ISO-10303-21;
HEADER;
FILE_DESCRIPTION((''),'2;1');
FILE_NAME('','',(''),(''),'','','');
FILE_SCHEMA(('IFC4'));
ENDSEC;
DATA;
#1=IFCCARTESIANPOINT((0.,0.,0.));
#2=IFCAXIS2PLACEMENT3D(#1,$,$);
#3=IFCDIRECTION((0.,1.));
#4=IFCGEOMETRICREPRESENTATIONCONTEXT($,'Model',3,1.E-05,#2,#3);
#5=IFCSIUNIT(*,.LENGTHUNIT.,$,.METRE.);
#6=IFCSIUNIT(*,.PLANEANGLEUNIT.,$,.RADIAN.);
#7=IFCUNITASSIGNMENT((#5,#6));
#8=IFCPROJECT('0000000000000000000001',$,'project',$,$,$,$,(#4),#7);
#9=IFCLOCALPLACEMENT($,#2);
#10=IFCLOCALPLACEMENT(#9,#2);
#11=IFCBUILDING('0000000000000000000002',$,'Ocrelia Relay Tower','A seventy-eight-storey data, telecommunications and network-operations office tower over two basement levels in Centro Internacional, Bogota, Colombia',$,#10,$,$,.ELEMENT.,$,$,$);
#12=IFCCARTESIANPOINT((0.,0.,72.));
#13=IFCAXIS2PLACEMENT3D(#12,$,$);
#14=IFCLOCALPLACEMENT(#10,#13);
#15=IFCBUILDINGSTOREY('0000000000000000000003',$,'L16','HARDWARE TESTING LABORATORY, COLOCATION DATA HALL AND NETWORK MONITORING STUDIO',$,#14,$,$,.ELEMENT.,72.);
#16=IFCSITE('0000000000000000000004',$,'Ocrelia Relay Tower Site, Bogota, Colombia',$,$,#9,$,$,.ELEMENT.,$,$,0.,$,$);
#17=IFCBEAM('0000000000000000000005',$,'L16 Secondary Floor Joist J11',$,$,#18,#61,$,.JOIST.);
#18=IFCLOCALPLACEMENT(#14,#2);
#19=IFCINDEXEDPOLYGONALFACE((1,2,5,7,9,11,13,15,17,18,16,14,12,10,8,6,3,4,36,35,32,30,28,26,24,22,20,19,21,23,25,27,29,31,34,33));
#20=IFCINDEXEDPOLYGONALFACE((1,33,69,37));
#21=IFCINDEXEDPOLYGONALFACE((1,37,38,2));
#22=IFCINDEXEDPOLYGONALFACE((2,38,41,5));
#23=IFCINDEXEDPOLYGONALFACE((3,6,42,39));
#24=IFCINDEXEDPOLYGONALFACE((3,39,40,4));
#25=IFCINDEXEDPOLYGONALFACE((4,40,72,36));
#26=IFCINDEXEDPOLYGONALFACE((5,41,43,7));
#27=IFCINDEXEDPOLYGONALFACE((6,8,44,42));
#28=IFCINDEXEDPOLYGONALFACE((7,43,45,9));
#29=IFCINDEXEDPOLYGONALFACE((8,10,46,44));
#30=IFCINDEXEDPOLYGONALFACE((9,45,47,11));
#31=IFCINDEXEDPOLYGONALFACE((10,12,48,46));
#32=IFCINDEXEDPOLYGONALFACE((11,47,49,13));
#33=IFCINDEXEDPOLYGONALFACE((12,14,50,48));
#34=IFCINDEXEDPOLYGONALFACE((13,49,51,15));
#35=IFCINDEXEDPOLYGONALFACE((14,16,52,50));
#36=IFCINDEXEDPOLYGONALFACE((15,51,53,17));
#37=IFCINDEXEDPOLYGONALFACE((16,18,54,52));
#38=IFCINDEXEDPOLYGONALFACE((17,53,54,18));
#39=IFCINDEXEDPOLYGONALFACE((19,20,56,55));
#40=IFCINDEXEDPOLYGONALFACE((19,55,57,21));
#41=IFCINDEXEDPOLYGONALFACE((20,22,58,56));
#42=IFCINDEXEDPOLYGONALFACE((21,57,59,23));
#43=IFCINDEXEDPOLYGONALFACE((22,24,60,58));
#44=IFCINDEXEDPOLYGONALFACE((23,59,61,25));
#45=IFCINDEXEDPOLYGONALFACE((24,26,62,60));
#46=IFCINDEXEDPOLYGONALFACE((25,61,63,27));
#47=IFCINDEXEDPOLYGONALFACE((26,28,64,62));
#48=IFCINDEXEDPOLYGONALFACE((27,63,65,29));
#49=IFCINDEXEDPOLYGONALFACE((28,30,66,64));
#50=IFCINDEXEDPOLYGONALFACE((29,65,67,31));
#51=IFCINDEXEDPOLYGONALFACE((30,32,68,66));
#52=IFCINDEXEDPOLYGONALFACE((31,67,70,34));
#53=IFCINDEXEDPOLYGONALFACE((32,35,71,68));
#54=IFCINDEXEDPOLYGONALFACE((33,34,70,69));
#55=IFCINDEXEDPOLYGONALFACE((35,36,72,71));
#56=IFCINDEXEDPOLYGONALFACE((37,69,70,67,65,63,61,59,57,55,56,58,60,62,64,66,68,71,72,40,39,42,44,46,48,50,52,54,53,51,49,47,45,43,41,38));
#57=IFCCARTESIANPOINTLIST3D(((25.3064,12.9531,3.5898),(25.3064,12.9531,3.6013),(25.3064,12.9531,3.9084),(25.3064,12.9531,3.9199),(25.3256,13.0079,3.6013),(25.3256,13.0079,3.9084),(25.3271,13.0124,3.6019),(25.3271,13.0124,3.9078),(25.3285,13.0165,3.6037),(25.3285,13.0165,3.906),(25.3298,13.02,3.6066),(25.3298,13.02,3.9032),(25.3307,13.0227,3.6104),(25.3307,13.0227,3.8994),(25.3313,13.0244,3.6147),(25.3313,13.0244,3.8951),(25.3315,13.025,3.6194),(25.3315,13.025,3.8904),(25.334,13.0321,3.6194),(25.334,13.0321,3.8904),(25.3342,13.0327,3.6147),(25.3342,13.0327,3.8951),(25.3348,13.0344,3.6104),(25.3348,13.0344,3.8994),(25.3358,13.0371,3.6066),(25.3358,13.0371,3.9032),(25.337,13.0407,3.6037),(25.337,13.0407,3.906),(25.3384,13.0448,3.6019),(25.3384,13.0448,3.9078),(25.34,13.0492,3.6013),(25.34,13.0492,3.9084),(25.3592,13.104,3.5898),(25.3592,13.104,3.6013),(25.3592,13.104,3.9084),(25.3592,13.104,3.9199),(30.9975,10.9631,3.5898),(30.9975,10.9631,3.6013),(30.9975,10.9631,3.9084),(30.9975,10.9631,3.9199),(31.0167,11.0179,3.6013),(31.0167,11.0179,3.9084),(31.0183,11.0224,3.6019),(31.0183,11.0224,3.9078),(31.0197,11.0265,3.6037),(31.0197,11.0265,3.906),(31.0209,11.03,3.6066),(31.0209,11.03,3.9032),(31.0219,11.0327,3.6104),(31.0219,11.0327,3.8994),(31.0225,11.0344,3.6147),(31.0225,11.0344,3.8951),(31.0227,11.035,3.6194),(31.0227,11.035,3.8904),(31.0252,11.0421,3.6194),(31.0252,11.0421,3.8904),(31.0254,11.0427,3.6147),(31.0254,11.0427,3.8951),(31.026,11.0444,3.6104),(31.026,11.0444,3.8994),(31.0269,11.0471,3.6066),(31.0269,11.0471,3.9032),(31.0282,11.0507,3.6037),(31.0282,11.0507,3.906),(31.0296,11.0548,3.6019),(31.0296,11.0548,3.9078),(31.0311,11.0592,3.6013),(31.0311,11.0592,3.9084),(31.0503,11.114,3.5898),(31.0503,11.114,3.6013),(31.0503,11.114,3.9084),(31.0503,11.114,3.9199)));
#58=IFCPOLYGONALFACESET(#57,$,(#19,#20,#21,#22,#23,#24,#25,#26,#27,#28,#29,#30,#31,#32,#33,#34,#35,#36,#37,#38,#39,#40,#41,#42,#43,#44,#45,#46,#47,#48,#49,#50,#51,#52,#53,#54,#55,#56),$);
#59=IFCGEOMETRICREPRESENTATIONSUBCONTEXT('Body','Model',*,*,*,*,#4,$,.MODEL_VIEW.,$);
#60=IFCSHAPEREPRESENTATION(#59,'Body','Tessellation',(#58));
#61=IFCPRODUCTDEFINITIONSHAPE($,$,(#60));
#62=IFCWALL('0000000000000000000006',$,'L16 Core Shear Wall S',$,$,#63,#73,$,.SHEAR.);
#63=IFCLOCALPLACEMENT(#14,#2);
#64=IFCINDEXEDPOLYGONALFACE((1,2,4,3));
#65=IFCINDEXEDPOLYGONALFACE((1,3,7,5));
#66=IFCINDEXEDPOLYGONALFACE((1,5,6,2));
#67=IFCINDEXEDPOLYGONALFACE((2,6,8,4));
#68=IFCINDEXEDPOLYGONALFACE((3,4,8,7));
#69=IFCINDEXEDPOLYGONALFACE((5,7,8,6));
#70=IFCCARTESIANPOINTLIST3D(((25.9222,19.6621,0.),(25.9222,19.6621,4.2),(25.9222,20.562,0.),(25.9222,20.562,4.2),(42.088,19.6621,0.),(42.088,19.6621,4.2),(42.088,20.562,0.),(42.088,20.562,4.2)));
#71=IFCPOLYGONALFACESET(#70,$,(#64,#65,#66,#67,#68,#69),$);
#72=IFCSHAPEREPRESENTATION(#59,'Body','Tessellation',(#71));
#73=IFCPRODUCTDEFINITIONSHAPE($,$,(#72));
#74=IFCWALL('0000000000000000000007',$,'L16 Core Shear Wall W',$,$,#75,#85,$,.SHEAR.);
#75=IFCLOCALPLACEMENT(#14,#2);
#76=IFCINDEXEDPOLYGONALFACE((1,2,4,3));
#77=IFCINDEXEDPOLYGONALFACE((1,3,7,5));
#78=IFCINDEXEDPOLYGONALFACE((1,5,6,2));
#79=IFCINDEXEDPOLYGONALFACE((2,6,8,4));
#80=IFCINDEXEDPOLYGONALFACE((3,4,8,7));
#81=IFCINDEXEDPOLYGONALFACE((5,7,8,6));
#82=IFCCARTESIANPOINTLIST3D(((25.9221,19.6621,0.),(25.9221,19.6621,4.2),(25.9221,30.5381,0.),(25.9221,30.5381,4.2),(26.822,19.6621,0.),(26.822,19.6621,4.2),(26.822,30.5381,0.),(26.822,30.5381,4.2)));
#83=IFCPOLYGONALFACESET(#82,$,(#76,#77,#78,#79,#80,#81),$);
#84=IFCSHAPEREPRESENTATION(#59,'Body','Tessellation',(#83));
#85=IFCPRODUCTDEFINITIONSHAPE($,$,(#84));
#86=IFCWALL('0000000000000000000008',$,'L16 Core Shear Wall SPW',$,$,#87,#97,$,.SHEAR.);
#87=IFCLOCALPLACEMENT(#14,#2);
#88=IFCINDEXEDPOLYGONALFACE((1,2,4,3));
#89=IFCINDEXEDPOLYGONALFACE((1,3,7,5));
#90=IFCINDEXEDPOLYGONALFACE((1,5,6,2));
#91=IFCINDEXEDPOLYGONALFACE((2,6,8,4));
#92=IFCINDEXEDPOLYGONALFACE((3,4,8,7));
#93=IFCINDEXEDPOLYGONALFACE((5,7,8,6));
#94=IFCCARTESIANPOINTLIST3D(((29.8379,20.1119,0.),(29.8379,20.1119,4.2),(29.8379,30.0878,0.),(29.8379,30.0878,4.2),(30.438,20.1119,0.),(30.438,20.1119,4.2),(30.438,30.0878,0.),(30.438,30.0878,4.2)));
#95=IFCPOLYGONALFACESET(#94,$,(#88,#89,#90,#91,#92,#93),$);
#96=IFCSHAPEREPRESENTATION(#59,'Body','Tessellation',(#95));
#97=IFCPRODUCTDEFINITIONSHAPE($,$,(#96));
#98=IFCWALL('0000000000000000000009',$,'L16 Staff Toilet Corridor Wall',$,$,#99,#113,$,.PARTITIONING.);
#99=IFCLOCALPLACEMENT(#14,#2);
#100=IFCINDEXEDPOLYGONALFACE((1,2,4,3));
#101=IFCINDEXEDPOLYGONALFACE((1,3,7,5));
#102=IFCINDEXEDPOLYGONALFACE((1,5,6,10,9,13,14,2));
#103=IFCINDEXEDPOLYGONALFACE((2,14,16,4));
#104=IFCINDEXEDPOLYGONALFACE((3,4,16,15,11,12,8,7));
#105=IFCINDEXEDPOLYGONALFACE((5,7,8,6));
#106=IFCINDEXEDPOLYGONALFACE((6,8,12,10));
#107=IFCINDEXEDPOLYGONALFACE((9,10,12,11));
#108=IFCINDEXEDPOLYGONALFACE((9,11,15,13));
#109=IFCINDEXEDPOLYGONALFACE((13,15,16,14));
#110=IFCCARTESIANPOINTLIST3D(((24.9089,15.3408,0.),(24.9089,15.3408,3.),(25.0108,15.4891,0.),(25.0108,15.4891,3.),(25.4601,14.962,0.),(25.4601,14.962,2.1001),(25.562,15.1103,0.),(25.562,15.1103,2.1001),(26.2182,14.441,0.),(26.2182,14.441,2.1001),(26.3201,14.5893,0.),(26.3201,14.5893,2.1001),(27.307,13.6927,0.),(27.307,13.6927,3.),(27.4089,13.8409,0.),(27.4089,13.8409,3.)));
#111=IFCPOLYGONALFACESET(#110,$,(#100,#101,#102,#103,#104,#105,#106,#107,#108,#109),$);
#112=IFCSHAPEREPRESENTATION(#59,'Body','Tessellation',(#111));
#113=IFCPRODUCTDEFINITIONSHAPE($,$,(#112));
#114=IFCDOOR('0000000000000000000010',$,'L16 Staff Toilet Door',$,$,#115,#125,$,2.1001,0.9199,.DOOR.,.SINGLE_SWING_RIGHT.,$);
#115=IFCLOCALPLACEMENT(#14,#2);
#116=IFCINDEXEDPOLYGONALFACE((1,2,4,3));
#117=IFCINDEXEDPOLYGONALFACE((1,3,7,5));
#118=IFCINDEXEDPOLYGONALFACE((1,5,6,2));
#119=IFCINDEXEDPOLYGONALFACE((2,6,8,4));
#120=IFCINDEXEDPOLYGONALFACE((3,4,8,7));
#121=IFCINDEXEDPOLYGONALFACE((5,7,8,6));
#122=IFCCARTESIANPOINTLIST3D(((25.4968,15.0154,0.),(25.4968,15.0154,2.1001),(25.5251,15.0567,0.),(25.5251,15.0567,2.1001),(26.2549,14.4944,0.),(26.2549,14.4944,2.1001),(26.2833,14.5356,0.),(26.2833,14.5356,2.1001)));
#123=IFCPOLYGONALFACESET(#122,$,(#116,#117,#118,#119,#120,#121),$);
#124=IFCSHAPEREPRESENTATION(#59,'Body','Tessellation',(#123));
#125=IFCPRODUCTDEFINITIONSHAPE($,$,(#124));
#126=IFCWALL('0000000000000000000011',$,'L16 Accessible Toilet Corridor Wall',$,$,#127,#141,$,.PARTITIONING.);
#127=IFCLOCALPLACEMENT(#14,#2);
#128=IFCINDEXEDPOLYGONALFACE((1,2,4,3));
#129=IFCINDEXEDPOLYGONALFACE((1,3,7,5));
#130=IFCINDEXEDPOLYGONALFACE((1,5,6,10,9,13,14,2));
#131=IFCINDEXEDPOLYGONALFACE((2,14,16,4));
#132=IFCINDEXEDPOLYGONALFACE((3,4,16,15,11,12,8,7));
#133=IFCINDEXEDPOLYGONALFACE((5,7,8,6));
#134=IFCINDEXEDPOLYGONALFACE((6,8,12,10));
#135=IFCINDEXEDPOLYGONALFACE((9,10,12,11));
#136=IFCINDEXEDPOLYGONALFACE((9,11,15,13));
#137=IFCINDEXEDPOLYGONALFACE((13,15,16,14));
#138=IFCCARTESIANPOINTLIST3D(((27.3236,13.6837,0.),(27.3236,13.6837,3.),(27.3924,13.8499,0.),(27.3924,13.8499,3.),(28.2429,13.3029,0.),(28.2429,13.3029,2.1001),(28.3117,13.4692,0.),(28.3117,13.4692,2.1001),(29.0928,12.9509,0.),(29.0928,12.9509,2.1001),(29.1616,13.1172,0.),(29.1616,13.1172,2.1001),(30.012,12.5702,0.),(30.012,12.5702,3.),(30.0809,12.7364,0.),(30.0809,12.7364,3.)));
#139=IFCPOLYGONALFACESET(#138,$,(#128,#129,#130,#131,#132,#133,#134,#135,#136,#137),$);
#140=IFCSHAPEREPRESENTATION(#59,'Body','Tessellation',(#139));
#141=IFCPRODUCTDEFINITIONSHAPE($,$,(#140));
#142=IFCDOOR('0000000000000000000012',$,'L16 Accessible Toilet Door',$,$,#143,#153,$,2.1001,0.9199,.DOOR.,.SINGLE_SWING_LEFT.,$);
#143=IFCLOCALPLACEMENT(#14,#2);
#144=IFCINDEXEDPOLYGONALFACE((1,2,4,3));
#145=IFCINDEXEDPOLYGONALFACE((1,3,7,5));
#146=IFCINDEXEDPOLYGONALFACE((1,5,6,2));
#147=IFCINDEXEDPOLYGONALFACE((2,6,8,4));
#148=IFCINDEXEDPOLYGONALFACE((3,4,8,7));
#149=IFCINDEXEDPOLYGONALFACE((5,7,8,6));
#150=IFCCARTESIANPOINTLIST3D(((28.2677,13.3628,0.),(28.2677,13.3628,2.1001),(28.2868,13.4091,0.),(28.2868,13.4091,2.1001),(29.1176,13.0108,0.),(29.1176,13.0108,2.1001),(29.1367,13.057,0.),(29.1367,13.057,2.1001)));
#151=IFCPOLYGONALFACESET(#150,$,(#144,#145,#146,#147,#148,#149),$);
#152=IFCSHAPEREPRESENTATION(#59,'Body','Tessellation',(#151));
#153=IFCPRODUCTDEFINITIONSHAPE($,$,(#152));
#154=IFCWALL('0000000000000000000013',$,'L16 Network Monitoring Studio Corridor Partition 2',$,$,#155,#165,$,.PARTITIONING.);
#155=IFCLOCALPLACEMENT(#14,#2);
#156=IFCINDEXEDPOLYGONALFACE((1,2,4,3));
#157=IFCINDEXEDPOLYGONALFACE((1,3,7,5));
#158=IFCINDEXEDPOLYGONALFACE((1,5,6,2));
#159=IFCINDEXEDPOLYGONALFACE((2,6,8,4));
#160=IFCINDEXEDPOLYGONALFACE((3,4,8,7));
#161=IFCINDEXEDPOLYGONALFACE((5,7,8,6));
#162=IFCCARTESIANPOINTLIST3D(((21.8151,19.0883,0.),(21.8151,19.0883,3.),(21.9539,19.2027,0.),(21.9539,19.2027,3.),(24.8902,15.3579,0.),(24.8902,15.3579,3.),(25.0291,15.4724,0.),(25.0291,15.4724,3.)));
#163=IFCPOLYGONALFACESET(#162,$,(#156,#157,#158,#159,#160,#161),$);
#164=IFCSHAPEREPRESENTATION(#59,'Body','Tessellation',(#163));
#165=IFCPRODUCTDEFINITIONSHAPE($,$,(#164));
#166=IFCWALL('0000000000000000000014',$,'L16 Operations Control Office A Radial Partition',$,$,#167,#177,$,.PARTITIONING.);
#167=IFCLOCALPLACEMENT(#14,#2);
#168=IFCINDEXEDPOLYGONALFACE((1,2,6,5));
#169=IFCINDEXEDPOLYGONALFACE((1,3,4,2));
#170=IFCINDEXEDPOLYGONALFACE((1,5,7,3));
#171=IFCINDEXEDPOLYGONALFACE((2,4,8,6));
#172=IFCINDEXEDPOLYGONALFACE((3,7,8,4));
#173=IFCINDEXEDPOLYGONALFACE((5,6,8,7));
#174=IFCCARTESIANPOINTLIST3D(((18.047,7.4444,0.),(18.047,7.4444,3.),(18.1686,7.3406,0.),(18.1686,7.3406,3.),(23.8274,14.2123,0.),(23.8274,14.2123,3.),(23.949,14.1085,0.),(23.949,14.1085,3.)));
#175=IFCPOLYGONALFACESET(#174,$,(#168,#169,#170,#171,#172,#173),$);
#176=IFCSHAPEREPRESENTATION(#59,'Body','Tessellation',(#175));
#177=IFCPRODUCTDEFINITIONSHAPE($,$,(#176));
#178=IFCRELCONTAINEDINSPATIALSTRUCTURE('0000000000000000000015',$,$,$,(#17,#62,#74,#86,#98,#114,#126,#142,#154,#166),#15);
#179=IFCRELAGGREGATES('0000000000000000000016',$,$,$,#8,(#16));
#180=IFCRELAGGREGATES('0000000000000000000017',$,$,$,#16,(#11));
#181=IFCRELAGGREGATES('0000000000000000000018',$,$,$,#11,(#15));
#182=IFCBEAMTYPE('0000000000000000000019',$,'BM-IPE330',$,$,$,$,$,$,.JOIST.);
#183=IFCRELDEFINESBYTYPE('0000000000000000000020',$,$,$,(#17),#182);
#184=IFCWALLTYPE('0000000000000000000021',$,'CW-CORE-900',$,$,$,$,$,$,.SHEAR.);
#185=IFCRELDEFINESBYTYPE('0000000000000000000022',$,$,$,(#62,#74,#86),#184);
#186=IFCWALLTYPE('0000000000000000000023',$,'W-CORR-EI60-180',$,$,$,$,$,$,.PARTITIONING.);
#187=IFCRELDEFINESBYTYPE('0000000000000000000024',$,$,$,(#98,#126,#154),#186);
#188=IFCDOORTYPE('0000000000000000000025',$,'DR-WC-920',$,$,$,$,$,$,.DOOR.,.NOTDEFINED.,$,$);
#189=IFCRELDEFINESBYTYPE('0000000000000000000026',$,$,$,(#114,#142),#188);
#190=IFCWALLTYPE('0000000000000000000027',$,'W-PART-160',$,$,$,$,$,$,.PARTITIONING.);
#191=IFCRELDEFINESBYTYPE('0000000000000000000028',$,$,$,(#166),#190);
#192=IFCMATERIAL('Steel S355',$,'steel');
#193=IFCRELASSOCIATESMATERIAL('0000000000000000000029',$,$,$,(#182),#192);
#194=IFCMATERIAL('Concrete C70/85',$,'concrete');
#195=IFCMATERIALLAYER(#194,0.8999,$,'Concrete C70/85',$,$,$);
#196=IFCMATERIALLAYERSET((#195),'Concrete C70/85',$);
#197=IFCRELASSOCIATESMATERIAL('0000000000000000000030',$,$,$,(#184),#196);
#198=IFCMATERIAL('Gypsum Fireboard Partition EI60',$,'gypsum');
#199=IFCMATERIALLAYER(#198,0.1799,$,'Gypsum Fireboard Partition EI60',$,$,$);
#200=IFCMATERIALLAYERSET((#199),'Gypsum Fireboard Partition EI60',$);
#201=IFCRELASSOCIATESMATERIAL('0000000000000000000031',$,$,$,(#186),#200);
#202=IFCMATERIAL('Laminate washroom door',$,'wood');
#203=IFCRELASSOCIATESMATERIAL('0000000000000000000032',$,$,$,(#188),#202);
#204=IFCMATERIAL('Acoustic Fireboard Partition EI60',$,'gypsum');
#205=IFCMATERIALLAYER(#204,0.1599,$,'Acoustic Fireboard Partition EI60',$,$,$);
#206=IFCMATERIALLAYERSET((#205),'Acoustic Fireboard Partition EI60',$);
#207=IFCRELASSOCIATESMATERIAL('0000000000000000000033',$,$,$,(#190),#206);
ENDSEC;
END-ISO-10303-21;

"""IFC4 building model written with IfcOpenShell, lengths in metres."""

from ifc_helpers import new_model, si_unit, direction, frame, frame_2d, origin, origin_2d, place, context, subcontext, project, spatial, rectangle, i_section, extrude, material, layer, layer_set, material_profile, profile_set, type_object, element, fill, save


model = new_model("IFC4")

# Units and contexts
model_context = context("Model", 3, precision=1e-05, world=origin(), true_north=direction((0.0, 1.0)))
body_context = subcontext(model_context, "Body", "Model", "MODEL_VIEW")
ifc_project = project(units=[si_unit("LENGTHUNIT", "METRE"), si_unit("PLANEANGLEUNIT", "RADIAN")], contexts=[model_context])

# Site, building, storey
site_placement = place(None, origin())
site = spatial("IfcSite", under=ifc_project, at=site_placement, Name="Ocrelia Relay Tower Site, Bogota, Colombia", CompositionType="ELEMENT", RefElevation=0.0)
building_placement = place(site_placement, origin())
building = spatial("IfcBuilding", under=site, at=building_placement, Name="Ocrelia Relay Tower", Description="A seventy-eight-storey data, telecommunications and network-operations office tower over two basement levels in Centro Internacional, Bogota, Colombia", CompositionType="ELEMENT")
storey_placement = place(building_placement, frame((0.0, 0.0, 72.0)))
storey = spatial("IfcBuildingStorey", under=building, at=storey_placement, Name="L16", Description="HARDWARE TESTING LABORATORY, COLOCATION DATA HALL AND NETWORK MONITORING STUDIO", CompositionType="ELEMENT", Elevation=72.0)

# Shared definitions
ifc_material_1 = material(Name="Concrete C70/85", Category="concrete")

# Beam
ifc_material_2 = material(Name="Steel S355", Category="steel")
ifc_material_profile_1 = material_profile(ifc_material_2, i_section(OverallWidth=0.1599, OverallDepth=0.3301, WebThickness=0.0076, FlangeThickness=0.0115, FilletRadius=0.0181, at=origin_2d()), Name="IPE 330")
ifc_profile_set_1 = profile_set([ifc_material_profile_1], Name="Steel S355")
beam_type_1 = type_object("IfcBeamType", Name="BM-IPE330", PredefinedType="JOIST", material=ifc_profile_set_1)
beam_1_placement = place(storey_placement, frame((25.3328, 13.0286, 3.7549), z_axis=(0.943957, -0.330067, 0.0), x_axis=(0.330067, 0.943957, 0.0)))
element("IfcBeam", 1, at=beam_1_placement, inside=storey, type_object=beam_type_1, Name="L16 Secondary Floor Joist J11", PredefinedType="JOIST", context=body_context, shape_type="SweptSolid", body=[
    extrude(i_section(OverallWidth=0.1599, OverallDepth=0.3301, WebThickness=0.0076, FlangeThickness=0.0115, FilletRadius=0.0181, at=origin_2d()), origin(), (0.0, 0.0, 1.0), 6.0291),
])

# Walls
ifc_layer_1 = layer(ifc_material_1, 0.8999, Name="Concrete C70/85")
ifc_layer_set_1 = layer_set([ifc_layer_1], Name="Concrete C70/85")
wall_type_1 = type_object("IfcWallType", Name="CW-CORE-900", PredefinedType="SHEAR", material=ifc_layer_set_1)
wall_1_placement = place(storey_placement, frame((25.9221, 20.1121, 0.0), z_axis=(0.0, 0.0, 1.0), x_axis=(1.0, 0.0, 0.0)))
element("IfcWall", 2, at=wall_1_placement, inside=storey, type_object=wall_type_1, Name="L16 Core Shear Wall S", PredefinedType="SHEAR", context=body_context, shape_type="SweptSolid", body=[
    extrude(rectangle(XDim=16.1658, YDim=0.8999, at=frame_2d((8.083, 0.0))), origin(), (0.0, 0.0, 1.0), 4.2),
])
wall_2_placement = place(storey_placement, frame((26.3721, 19.6621, 0.0), z_axis=(0.0, 0.0, 1.0), x_axis=(0.0, 1.0, 0.0)))
element("IfcWall", 3, at=wall_2_placement, inside=storey, type_object=wall_type_1, Name="L16 Core Shear Wall W", PredefinedType="SHEAR", context=body_context, shape_type="SweptSolid", body=[
    extrude(rectangle(XDim=10.876, YDim=0.8999, at=frame_2d((5.438, 0.0))), origin(), (0.0, 0.0, 1.0), 4.2),
])
wall_3_placement = place(storey_placement, frame((30.1379, 20.1121, 0.0), z_axis=(0.0, 0.0, 1.0), x_axis=(0.0, 1.0, 0.0)))
element("IfcWall", 4, at=wall_3_placement, inside=storey, type_object=wall_type_1, Name="L16 Core Shear Wall SPW", PredefinedType="SHEAR", context=body_context, shape_type="SweptSolid", body=[
    extrude(rectangle(XDim=9.9758, YDim=0.6001, at=frame_2d((4.9878, 0.0))), origin(), (0.0, 0.0, 1.0), 4.2),
])

# Walls, openings, doors
ifc_material_3 = material(Name="Gypsum Fireboard Partition EI60", Category="gypsum")
ifc_layer_2 = layer(ifc_material_3, 0.1799, Name="Gypsum Fireboard Partition EI60")
ifc_layer_set_2 = layer_set([ifc_layer_2], Name="Gypsum Fireboard Partition EI60")
wall_type_2 = type_object("IfcWallType", Name="W-CORR-EI60-180", PredefinedType="PARTITIONING", material=ifc_layer_set_2)
wall_4_placement = place(storey_placement, frame((24.9597, 15.415, 0.0), z_axis=(0.0, 0.0, 1.0), x_axis=(0.824132, -0.566397, 0.0)))
wall_4 = element("IfcWall", 5, at=wall_4_placement, inside=storey, type_object=wall_type_2, Name="L16 Staff Toilet Corridor Wall", PredefinedType="PARTITIONING", context=body_context, shape_type="SweptSolid", body=[
    extrude(rectangle(XDim=2.9099, YDim=0.1799, at=frame_2d((1.4551, 0.0))), origin(), (0.0, 0.0, 1.0), 3.0),
])
opening_1_placement = place(wall_4_placement, frame((0.6689, 0.0, 0.0)))
opening_1 = element("IfcOpeningElement", 6, at=opening_1_placement, cuts=wall_4, PredefinedType="OPENING", context=body_context, shape_type="SweptSolid", body=[
    extrude(rectangle(XDim=0.9199, YDim=2.1001, at=frame_2d((0.46, 1.05))), frame((0.0, 0.1001, 0.0), z_axis=(0.0, -1.0, 0.0), x_axis=(1.0, 0.0, 0.0)), (0.0, 0.0, 1.0), 0.2),
])
ifc_material_4 = material(Name="Laminate washroom door", Category="wood")
door_type_1 = type_object("IfcDoorType", Name="DR-WC-920", OperationType="NOTDEFINED", PredefinedType="DOOR", material=ifc_material_4)
door_1_placement = place(opening_1_placement, origin())
door_1 = element("IfcDoor", 7, at=door_1_placement, inside=storey, type_object=door_type_1, Name="L16 Staff Toilet Door", OperationType="SINGLE_SWING_RIGHT", OverallHeight=2.1001, OverallWidth=0.9199, PredefinedType="DOOR", context=body_context, shape_type="SweptSolid", body=[
    extrude(rectangle(XDim=0.9199, YDim=2.1001, at=frame_2d((0.46, 1.05))), frame((0.0, 0.0249, 0.0), z_axis=(0.0, -1.0, 0.0), x_axis=(1.0, 0.0, 0.0)), (0.0, 0.0, 1.0), 0.05),
])
fill(opening_1, door_1)
wall_5_placement = place(storey_placement, frame((27.3579, 13.7668, 0.0), z_axis=(0.0, 0.0, 1.0), x_axis=(0.923889, -0.382661, 0.0)))
wall_5 = element("IfcWall", 8, at=wall_5_placement, inside=storey, type_object=wall_type_2, Name="L16 Accessible Toilet Corridor Wall", PredefinedType="PARTITIONING", context=body_context, shape_type="SweptSolid", body=[
    extrude(rectangle(XDim=2.9099, YDim=0.1799, at=frame_2d((1.4551, 0.0))), origin(), (0.0, 0.0, 1.0), 3.0),
])
opening_2_placement = place(wall_5_placement, frame((0.9951, 0.0, 0.0)))
opening_2 = element("IfcOpeningElement", 9, at=opening_2_placement, cuts=wall_5, PredefinedType="OPENING", context=body_context, shape_type="SweptSolid", body=[
    extrude(rectangle(XDim=0.9199, YDim=2.1001, at=frame_2d((0.46, 1.05))), frame((0.0, 0.1001, 0.0), z_axis=(0.0, -1.0, 0.0), x_axis=(1.0, 0.0, 0.0)), (0.0, 0.0, 1.0), 0.2),
])
door_2_placement = place(opening_2_placement, origin())
door_2 = element("IfcDoor", 10, at=door_2_placement, inside=storey, type_object=door_type_1, Name="L16 Accessible Toilet Door", OperationType="SINGLE_SWING_LEFT", OverallHeight=2.1001, OverallWidth=0.9199, PredefinedType="DOOR", context=body_context, shape_type="SweptSolid", body=[
    extrude(rectangle(XDim=0.9199, YDim=2.1001, at=frame_2d((0.46, 1.05))), frame((0.0, 0.0249, 0.0), z_axis=(0.0, -1.0, 0.0), x_axis=(1.0, 0.0, 0.0)), (0.0, 0.0, 1.0), 0.05),
])
fill(opening_2, door_2)

# Walls
wall_6_placement = place(storey_placement, frame((21.8845, 19.1455, 0.0), z_axis=(0.0, 0.0, 1.0), x_axis=(0.636082, -0.771621, 0.0)))
element("IfcWall", 11, at=wall_6_placement, inside=storey, type_object=wall_type_2, Name="L16 Network Monitoring Studio Corridor Partition 2", PredefinedType="PARTITIONING", context=body_context, shape_type="SweptSolid", body=[
    extrude(rectangle(XDim=4.8345, YDim=0.1799, at=frame_2d((2.4172, 0.0))), origin(), (0.0, 0.0, 1.0), 3.0),
])
ifc_material_5 = material(Name="Acoustic Fireboard Partition EI60", Category="gypsum")
ifc_layer_3 = layer(ifc_material_5, 0.1599, Name="Acoustic Fireboard Partition EI60")
ifc_layer_set_3 = layer_set([ifc_layer_3], Name="Acoustic Fireboard Partition EI60")
wall_type_3 = type_object("IfcWallType", Name="W-PART-160", PredefinedType="PARTITIONING", material=ifc_layer_set_3)
wall_7_placement = place(storey_placement, frame((23.8882, 14.1604, 0.0), z_axis=(0.0, 0.0, 1.0), x_axis=(-0.649449, -0.760406, 0.0)))
element("IfcWall", 12, at=wall_7_placement, inside=storey, type_object=wall_type_3, Name="L16 Operations Control Office A Radial Partition", PredefinedType="PARTITIONING", context=body_context, shape_type="SweptSolid", body=[
    extrude(rectangle(XDim=8.9004, YDim=0.1599, at=frame_2d((4.4502, 0.0))), origin(), (0.0, 0.0, 1.0), 3.0),
])

save(model, "model.ifc")
